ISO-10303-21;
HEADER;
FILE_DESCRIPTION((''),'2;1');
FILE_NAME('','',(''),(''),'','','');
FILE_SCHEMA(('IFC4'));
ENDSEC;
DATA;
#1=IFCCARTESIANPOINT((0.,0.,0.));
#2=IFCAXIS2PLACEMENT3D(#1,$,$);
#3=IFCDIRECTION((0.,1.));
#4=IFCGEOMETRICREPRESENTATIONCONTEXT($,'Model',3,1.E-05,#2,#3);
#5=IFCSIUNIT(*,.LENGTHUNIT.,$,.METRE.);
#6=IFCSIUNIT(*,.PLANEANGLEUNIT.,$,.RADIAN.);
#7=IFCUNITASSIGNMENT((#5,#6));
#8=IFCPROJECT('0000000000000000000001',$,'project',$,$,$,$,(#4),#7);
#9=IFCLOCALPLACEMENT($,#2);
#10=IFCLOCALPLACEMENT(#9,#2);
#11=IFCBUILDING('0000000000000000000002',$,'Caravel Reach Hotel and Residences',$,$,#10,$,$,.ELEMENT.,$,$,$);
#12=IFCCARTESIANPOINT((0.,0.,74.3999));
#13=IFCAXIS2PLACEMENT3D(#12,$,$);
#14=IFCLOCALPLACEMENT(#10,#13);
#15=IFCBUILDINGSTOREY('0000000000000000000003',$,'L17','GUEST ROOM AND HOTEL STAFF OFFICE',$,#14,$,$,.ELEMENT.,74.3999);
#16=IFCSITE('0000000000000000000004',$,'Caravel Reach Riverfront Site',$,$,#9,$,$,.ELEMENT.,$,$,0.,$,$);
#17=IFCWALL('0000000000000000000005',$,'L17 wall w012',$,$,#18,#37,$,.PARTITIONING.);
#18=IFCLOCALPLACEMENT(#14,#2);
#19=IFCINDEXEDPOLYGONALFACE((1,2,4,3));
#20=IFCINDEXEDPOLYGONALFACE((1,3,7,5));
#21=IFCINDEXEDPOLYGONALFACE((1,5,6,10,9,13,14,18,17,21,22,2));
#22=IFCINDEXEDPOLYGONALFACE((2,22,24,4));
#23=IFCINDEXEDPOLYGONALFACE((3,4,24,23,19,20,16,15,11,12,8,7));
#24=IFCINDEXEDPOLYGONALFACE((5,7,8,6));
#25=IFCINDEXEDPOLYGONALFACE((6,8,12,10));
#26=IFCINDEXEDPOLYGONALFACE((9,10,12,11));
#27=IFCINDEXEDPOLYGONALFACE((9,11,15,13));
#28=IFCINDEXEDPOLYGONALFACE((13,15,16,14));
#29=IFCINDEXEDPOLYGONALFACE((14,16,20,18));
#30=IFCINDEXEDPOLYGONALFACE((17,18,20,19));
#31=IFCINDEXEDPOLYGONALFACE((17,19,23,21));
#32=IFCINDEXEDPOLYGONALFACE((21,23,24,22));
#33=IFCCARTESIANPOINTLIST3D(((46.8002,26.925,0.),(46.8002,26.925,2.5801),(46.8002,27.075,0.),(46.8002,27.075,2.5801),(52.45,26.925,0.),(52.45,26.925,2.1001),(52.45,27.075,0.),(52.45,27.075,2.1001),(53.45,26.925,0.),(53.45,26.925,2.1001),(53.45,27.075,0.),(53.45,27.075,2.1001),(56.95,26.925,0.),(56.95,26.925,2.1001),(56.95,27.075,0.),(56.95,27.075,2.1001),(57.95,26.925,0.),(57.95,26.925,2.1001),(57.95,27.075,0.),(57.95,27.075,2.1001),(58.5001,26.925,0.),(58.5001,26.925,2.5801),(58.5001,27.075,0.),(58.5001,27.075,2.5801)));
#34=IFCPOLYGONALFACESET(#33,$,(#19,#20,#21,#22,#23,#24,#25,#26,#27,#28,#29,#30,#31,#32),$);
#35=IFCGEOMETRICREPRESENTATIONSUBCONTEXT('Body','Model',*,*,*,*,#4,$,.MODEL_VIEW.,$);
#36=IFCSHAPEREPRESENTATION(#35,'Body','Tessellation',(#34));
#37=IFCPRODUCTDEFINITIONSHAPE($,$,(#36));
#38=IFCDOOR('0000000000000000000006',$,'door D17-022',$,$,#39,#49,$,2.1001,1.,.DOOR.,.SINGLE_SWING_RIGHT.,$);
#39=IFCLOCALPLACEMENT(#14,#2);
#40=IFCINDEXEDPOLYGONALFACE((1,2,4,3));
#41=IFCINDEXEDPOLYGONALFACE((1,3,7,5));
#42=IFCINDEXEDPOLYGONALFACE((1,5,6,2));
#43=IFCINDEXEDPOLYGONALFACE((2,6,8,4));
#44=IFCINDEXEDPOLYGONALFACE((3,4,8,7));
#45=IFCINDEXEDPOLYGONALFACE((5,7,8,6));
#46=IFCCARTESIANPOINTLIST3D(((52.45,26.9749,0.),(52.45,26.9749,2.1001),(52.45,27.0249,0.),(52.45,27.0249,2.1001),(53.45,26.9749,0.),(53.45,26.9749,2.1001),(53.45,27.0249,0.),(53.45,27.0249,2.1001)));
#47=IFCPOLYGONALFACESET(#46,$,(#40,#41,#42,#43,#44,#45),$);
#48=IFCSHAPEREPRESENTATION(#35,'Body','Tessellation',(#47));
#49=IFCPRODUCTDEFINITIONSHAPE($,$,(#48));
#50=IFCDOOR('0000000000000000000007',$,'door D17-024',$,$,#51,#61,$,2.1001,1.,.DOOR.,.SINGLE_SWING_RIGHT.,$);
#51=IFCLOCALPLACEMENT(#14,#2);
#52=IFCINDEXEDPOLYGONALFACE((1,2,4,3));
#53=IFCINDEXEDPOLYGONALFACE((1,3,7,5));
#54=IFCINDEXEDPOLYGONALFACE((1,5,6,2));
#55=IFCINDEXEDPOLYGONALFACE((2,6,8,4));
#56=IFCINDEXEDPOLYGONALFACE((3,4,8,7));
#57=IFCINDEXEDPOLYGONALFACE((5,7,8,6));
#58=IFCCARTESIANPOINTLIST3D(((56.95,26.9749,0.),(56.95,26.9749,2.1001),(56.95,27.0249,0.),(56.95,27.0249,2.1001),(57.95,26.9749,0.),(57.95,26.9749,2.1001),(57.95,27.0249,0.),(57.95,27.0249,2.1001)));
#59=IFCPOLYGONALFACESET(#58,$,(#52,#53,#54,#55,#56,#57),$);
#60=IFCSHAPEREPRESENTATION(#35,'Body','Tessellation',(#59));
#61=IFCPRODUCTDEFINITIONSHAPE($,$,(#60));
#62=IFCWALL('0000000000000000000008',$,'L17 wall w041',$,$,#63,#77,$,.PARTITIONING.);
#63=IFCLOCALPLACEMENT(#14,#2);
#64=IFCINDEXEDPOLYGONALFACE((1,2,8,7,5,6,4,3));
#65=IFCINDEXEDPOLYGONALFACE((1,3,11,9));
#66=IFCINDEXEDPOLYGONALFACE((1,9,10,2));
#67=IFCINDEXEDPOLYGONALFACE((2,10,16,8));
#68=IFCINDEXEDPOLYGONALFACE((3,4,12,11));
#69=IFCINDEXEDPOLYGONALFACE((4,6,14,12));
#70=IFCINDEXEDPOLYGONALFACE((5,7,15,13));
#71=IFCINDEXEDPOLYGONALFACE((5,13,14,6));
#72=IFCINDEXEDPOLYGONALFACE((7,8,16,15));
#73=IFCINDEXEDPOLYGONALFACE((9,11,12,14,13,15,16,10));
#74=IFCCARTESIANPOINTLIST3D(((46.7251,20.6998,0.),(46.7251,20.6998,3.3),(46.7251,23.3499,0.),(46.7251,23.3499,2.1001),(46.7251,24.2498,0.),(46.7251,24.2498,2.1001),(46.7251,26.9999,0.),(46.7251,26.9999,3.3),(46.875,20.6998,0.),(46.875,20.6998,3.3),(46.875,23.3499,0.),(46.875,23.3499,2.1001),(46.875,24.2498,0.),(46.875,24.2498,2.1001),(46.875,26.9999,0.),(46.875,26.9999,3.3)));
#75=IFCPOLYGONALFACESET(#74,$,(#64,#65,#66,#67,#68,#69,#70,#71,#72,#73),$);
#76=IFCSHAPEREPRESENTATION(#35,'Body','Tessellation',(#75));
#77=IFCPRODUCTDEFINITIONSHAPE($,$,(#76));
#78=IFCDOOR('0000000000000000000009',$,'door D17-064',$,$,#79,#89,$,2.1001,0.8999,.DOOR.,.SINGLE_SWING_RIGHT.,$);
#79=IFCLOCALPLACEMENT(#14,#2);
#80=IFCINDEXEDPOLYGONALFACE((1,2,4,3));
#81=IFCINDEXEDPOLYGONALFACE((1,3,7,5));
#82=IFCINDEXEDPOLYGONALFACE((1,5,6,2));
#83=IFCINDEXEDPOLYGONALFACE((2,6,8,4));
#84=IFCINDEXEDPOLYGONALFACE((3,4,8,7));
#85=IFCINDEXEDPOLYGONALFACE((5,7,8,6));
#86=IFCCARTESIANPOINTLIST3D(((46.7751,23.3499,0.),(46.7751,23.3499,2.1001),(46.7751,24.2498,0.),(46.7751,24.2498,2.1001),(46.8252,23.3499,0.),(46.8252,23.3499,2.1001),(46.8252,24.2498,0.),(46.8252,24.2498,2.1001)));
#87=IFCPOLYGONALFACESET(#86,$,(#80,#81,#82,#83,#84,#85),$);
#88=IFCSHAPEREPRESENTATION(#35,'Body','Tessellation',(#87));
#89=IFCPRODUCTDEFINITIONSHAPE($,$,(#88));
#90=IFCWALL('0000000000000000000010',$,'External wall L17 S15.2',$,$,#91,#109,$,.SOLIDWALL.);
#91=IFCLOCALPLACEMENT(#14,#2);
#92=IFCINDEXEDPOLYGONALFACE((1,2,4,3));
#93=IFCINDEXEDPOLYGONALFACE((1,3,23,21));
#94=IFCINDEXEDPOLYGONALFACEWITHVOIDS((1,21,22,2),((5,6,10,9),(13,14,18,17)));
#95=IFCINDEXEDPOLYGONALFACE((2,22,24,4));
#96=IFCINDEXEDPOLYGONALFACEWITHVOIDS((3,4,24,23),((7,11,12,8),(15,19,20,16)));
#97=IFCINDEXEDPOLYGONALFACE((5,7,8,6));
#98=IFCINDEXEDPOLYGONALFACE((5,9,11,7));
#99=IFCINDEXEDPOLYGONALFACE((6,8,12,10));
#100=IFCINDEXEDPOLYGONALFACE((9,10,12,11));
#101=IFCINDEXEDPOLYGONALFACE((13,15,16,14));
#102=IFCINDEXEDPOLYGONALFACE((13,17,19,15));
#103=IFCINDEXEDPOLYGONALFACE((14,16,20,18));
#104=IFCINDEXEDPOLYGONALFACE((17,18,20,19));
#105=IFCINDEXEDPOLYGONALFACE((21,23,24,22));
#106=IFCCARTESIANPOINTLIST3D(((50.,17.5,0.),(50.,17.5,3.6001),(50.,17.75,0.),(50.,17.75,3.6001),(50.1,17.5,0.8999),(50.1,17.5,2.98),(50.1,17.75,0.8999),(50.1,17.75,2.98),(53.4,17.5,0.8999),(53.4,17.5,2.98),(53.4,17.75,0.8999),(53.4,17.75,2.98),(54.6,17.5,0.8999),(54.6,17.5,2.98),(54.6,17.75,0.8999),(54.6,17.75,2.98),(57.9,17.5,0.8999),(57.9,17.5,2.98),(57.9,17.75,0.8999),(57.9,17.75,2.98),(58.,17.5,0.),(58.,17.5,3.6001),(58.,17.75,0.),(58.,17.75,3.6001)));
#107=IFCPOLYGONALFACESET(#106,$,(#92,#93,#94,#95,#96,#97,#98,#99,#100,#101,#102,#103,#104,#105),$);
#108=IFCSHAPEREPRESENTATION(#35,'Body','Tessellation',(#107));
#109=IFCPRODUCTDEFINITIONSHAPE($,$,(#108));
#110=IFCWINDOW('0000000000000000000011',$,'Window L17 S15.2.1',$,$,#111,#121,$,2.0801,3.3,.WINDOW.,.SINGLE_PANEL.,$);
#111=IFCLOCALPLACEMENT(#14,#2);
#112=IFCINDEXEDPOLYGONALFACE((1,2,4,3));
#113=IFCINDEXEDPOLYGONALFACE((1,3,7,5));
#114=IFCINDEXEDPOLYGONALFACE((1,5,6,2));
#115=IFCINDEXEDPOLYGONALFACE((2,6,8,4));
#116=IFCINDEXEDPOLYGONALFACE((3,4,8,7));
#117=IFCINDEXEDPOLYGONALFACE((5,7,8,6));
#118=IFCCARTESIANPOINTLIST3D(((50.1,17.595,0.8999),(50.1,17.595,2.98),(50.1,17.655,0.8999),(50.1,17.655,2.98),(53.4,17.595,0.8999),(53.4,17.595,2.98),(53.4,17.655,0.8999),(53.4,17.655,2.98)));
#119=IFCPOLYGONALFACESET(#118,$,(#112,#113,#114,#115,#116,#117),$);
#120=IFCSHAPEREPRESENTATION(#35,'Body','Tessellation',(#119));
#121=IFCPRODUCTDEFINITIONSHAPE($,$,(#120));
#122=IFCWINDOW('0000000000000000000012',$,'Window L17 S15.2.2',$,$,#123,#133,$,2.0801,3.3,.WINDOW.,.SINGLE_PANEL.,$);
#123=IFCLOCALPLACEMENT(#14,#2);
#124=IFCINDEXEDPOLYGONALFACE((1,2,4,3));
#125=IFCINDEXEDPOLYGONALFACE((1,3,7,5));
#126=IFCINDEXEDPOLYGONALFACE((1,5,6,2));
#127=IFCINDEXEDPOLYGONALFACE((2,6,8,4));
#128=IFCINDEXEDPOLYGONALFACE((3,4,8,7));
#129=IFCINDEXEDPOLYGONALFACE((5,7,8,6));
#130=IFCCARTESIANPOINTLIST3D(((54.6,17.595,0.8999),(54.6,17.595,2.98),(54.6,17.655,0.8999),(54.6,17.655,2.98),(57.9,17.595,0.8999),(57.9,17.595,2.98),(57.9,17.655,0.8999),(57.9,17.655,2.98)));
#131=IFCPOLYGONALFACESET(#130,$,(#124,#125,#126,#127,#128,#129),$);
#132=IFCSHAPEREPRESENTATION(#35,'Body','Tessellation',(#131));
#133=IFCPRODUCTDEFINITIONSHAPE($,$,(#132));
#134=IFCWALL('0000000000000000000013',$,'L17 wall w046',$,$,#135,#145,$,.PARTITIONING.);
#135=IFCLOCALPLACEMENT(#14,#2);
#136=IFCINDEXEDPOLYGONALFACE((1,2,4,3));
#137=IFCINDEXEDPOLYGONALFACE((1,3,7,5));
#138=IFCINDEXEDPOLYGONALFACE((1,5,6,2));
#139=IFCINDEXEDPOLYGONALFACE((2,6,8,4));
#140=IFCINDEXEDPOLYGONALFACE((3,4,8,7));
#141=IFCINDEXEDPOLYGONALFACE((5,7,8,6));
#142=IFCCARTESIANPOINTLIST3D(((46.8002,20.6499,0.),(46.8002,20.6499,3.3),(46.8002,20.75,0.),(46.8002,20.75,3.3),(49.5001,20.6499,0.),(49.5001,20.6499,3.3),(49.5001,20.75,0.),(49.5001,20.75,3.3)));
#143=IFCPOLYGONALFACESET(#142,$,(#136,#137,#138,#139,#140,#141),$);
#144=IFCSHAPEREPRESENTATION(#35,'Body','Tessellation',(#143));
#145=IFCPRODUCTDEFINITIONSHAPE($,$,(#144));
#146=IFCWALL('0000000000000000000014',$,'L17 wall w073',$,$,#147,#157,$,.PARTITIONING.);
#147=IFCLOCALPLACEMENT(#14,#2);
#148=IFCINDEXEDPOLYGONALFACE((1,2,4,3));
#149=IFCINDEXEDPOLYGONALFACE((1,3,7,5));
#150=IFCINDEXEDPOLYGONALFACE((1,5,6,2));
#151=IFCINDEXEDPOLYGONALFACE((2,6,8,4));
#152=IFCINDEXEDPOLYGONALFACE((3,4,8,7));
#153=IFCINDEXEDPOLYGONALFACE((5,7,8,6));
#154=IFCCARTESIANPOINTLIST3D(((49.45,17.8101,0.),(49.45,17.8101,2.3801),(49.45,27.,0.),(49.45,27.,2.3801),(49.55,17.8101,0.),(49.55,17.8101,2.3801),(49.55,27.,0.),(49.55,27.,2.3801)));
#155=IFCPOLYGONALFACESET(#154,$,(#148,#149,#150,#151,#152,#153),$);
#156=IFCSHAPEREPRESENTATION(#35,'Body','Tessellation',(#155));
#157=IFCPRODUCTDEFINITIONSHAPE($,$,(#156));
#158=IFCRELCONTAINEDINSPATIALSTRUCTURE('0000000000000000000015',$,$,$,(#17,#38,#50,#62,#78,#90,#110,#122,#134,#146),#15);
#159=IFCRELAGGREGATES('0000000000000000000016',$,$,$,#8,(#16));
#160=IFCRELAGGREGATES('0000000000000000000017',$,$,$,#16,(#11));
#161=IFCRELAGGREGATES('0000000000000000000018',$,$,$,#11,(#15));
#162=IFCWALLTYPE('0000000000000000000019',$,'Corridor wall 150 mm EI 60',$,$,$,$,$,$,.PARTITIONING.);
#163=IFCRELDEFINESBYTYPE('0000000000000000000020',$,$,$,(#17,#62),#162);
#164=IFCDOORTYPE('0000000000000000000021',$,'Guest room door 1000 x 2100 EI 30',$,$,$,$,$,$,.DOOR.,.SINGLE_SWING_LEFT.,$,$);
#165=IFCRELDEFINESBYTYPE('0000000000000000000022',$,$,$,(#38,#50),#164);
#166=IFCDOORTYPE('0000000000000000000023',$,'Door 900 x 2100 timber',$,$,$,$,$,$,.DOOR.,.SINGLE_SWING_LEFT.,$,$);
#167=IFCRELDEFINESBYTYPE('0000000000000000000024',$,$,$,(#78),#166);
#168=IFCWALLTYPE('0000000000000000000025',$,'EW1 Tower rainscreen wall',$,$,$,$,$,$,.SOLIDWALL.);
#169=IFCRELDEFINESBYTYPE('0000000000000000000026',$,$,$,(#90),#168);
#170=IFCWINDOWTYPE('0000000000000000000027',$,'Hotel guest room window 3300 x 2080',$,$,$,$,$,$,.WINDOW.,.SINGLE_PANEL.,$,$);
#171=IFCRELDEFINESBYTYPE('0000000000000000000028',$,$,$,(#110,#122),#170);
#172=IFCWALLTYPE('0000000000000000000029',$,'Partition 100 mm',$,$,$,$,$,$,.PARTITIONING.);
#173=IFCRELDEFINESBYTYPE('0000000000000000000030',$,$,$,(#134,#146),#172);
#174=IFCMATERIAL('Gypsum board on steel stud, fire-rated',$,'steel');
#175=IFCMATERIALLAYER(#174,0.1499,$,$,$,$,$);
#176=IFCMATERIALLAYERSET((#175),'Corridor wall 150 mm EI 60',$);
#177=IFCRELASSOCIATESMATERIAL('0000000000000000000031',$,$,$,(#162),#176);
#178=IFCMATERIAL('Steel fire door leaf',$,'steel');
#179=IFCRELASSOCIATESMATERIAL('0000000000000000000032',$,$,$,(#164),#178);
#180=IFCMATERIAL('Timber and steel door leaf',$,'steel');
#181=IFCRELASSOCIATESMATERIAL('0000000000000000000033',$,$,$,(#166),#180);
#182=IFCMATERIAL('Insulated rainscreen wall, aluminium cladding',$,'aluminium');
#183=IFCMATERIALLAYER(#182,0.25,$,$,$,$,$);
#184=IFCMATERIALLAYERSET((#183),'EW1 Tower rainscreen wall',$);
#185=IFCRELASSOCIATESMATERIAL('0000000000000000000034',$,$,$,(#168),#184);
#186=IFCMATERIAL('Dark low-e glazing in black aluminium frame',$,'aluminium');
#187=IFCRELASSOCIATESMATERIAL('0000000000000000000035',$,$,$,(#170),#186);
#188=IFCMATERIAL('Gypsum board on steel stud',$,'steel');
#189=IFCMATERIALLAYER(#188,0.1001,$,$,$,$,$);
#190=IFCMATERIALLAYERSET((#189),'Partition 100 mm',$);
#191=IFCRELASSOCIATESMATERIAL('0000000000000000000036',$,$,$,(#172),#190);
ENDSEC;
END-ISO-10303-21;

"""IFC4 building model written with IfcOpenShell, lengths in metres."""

from ifc_helpers import new_model, si_unit, direction, frame, frame_2d, origin, place, context, subcontext, project, spatial, rectangle, extrude, material, layer, layer_set, type_object, element, fill, save


model = new_model("IFC4")

# Units and contexts
model_context = context("Model", 3, precision=1e-05, world=origin(), true_north=direction((0.0, 1.0)))
body_context = subcontext(model_context, "Body", "Model", "MODEL_VIEW")
ifc_project = project(units=[si_unit("LENGTHUNIT", "METRE"), si_unit("PLANEANGLEUNIT", "RADIAN")], contexts=[model_context])

# Site, building, storey
site_placement = place(None, origin())
site = spatial("IfcSite", under=ifc_project, at=site_placement, Name="Caravel Reach Riverfront Site", CompositionType="ELEMENT", RefElevation=0.0)
building_placement = place(site_placement, origin())
building = spatial("IfcBuilding", under=site, at=building_placement, Name="Caravel Reach Hotel and Residences", CompositionType="ELEMENT")
storey_placement = place(building_placement, frame((0.0, 0.0, 74.3999)))
storey = spatial("IfcBuildingStorey", under=building, at=storey_placement, Name="L17", Description="GUEST ROOM AND HOTEL STAFF OFFICE", CompositionType="ELEMENT", Elevation=74.3999)

# Wall, openings, doors
ifc_material_1 = material(Name="Gypsum board on steel stud, fire-rated", Category="steel")
ifc_layer_1 = layer(ifc_material_1, 0.1499)
ifc_layer_set_1 = layer_set([ifc_layer_1], Name="Corridor wall 150 mm EI 60")
wall_type_1 = type_object("IfcWallType", Name="Corridor wall 150 mm EI 60", PredefinedType="PARTITIONING", material=ifc_layer_set_1)
wall_1_placement = place(storey_placement, frame((46.8, 27.0, 0.0), z_axis=(0.0, 0.0, 1.0), x_axis=(1.0, 0.0, 0.0)))
wall_1 = element("IfcWall", 1, at=wall_1_placement, inside=storey, type_object=wall_type_1, Name="L17 wall w012", PredefinedType="PARTITIONING", context=body_context, shape_type="SweptSolid", body=[
    extrude(rectangle(XDim=11.7, YDim=0.1499, at=frame_2d((5.8501, 0.0))), origin(), (0.0, 0.0, 1.0), 2.5801),
])
opening_1_placement = place(wall_1_placement, frame((5.6499, 0.0, 0.0)))
opening_1 = element("IfcOpeningElement", 2, at=opening_1_placement, cuts=wall_1, PredefinedType="OPENING", context=body_context, shape_type="SweptSolid", body=[
    extrude(rectangle(XDim=1.0, YDim=2.1001, at=frame_2d((0.5, 1.05))), frame((0.0, 0.085, 0.0), z_axis=(0.0, -1.0, 0.0), x_axis=(1.0, 0.0, 0.0)), (0.0, 0.0, 1.0), 0.1699),
])
opening_2_placement = place(wall_1_placement, frame((10.1499, 0.0, 0.0)))
opening_2 = element("IfcOpeningElement", 3, at=opening_2_placement, cuts=wall_1, PredefinedType="OPENING", context=body_context, shape_type="SweptSolid", body=[
    extrude(rectangle(XDim=1.0, YDim=2.1001, at=frame_2d((0.5, 1.05))), frame((0.0, 0.085, 0.0), z_axis=(0.0, -1.0, 0.0), x_axis=(1.0, 0.0, 0.0)), (0.0, 0.0, 1.0), 0.1699),
])
ifc_material_2 = material(Name="Steel fire door leaf", Category="steel")
door_type_1 = type_object("IfcDoorType", Name="Guest room door 1000 x 2100 EI 30", OperationType="SINGLE_SWING_LEFT", PredefinedType="DOOR", material=ifc_material_2)
door_1_placement = place(opening_1_placement, origin())
door_1 = element("IfcDoor", 4, at=door_1_placement, inside=storey, type_object=door_type_1, Name="door D17-022", OperationType="SINGLE_SWING_RIGHT", OverallHeight=2.1001, OverallWidth=1.0, PredefinedType="DOOR", context=body_context, shape_type="SweptSolid", body=[
    extrude(rectangle(XDim=1.0, YDim=2.1001, at=frame_2d((0.5, 1.05))), frame((0.0, 0.0249, 0.0), z_axis=(0.0, -1.0, 0.0), x_axis=(1.0, 0.0, 0.0)), (0.0, 0.0, 1.0), 0.05),
])
fill(opening_1, door_1)
door_2_placement = place(opening_2_placement, origin())
door_2 = element("IfcDoor", 5, at=door_2_placement, inside=storey, type_object=door_type_1, Name="door D17-024", OperationType="SINGLE_SWING_RIGHT", OverallHeight=2.1001, OverallWidth=1.0, PredefinedType="DOOR", context=body_context, shape_type="SweptSolid", body=[
    extrude(rectangle(XDim=1.0, YDim=2.1001, at=frame_2d((0.5, 1.05))), frame((0.0, 0.0249, 0.0), z_axis=(0.0, -1.0, 0.0), x_axis=(1.0, 0.0, 0.0)), (0.0, 0.0, 1.0), 0.05),
])
fill(opening_2, door_2)

# Wall, opening, door
wall_2_placement = place(storey_placement, frame((46.8, 20.7, 0.0), z_axis=(0.0, 0.0, 1.0), x_axis=(0.0, 1.0, 0.0)))
wall_2 = element("IfcWall", 6, at=wall_2_placement, inside=storey, type_object=wall_type_1, Name="L17 wall w041", PredefinedType="PARTITIONING", context=body_context, shape_type="SweptSolid", body=[
    extrude(rectangle(XDim=6.3, YDim=0.1499, at=frame_2d((3.1499, 0.0))), origin(), (0.0, 0.0, 1.0), 3.3),
])
opening_3_placement = place(wall_2_placement, frame((2.6499, 0.0, 0.0)))
opening_3 = element("IfcOpeningElement", 7, at=opening_3_placement, cuts=wall_2, PredefinedType="OPENING", context=body_context, shape_type="SweptSolid", body=[
    extrude(rectangle(XDim=0.8999, YDim=2.1001, at=frame_2d((0.45, 1.05))), frame((0.0, 0.085, 0.0), z_axis=(0.0, -1.0, 0.0), x_axis=(1.0, 0.0, 0.0)), (0.0, 0.0, 1.0), 0.1699),
])
ifc_material_3 = material(Name="Timber and steel door leaf", Category="steel")
door_type_2 = type_object("IfcDoorType", Name="Door 900 x 2100 timber", OperationType="SINGLE_SWING_LEFT", PredefinedType="DOOR", material=ifc_material_3)
door_3_placement = place(opening_3_placement, origin())
door_3 = element("IfcDoor", 8, at=door_3_placement, inside=storey, type_object=door_type_2, Name="door D17-064", OperationType="SINGLE_SWING_RIGHT", OverallHeight=2.1001, OverallWidth=0.8999, PredefinedType="DOOR", context=body_context, shape_type="SweptSolid", body=[
    extrude(rectangle(XDim=0.8999, YDim=2.1001, at=frame_2d((0.45, 1.05))), frame((0.0, 0.0249, 0.0), z_axis=(0.0, -1.0, 0.0), x_axis=(1.0, 0.0, 0.0)), (0.0, 0.0, 1.0), 0.05),
])
fill(opening_3, door_3)

# Wall, openings, windows
ifc_material_4 = material(Name="Insulated rainscreen wall, aluminium cladding", Category="aluminium")
ifc_layer_2 = layer(ifc_material_4, 0.25)
ifc_layer_set_2 = layer_set([ifc_layer_2], Name="EW1 Tower rainscreen wall")
wall_type_2 = type_object("IfcWallType", Name="EW1 Tower rainscreen wall", PredefinedType="SOLIDWALL", material=ifc_layer_set_2)
wall_3_placement = place(storey_placement, frame((50.0, 17.625, 0.0), z_axis=(0.0, 0.0, 1.0), x_axis=(1.0, 0.0, 0.0)))
wall_3 = element("IfcWall", 9, at=wall_3_placement, inside=storey, type_object=wall_type_2, Name="External wall L17 S15.2", PredefinedType="SOLIDWALL", context=body_context, shape_type="SweptSolid", body=[
    extrude(rectangle(XDim=8.0, YDim=0.25, at=frame_2d((4.0, 0.0))), origin(), (0.0, 0.0, 1.0), 3.6001),
])
opening_4_placement = place(wall_3_placement, frame((0.1001, 0.0, 0.8999)))
opening_4 = element("IfcOpeningElement", 10, at=opening_4_placement, cuts=wall_3, PredefinedType="OPENING", context=body_context, shape_type="SweptSolid", body=[
    extrude(rectangle(XDim=3.3, YDim=2.0801, at=frame_2d((1.6499, 1.04))), frame((0.0, 0.135, 0.0), z_axis=(0.0, -1.0, 0.0), x_axis=(1.0, 0.0, 0.0)), (0.0, 0.0, 1.0), 0.27),
])
opening_5_placement = place(wall_3_placement, frame((4.6001, 0.0, 0.8999)))
opening_5 = element("IfcOpeningElement", 11, at=opening_5_placement, cuts=wall_3, PredefinedType="OPENING", context=body_context, shape_type="SweptSolid", body=[
    extrude(rectangle(XDim=3.3, YDim=2.0801, at=frame_2d((1.6499, 1.04))), frame((0.0, 0.135, 0.0), z_axis=(0.0, -1.0, 0.0), x_axis=(1.0, 0.0, 0.0)), (0.0, 0.0, 1.0), 0.27),
])
ifc_material_5 = material(Name="Dark low-e glazing in black aluminium frame", Category="aluminium")
window_type = type_object("IfcWindowType", Name="Hotel guest room window 3300 x 2080", PartitioningType="SINGLE_PANEL", PredefinedType="WINDOW", material=ifc_material_5)
window_1_placement = place(opening_4_placement, origin())
window_1 = element("IfcWindow", 12, at=window_1_placement, inside=storey, type_object=window_type, Name="Window L17 S15.2.1", OverallHeight=2.0801, OverallWidth=3.3, PartitioningType="SINGLE_PANEL", PredefinedType="WINDOW", context=body_context, shape_type="SweptSolid", body=[
    extrude(rectangle(XDim=3.3, YDim=2.0801, at=frame_2d((1.6499, 1.04))), frame((0.0, 0.03, 0.0), z_axis=(0.0, -1.0, 0.0), x_axis=(1.0, 0.0, 0.0)), (0.0, 0.0, 1.0), 0.0601),
])
fill(opening_4, window_1)
window_2_placement = place(opening_5_placement, origin())
window_2 = element("IfcWindow", 13, at=window_2_placement, inside=storey, type_object=window_type, Name="Window L17 S15.2.2", OverallHeight=2.0801, OverallWidth=3.3, PartitioningType="SINGLE_PANEL", PredefinedType="WINDOW", context=body_context, shape_type="SweptSolid", body=[
    extrude(rectangle(XDim=3.3, YDim=2.0801, at=frame_2d((1.6499, 1.04))), frame((0.0, 0.03, 0.0), z_axis=(0.0, -1.0, 0.0), x_axis=(1.0, 0.0, 0.0)), (0.0, 0.0, 1.0), 0.0601),
])
fill(opening_5, window_2)

# Walls
ifc_material_6 = material(Name="Gypsum board on steel stud", Category="steel")
ifc_layer_3 = layer(ifc_material_6, 0.1001)
ifc_layer_set_3 = layer_set([ifc_layer_3], Name="Partition 100 mm")
wall_type_3 = type_object("IfcWallType", Name="Partition 100 mm", PredefinedType="PARTITIONING", material=ifc_layer_set_3)
wall_4_placement = place(storey_placement, frame((46.8, 20.7, 0.0), z_axis=(0.0, 0.0, 1.0), x_axis=(1.0, 0.0, 0.0)))
element("IfcWall", 14, at=wall_4_placement, inside=storey, type_object=wall_type_3, Name="L17 wall w046", PredefinedType="PARTITIONING", context=body_context, shape_type="SweptSolid", body=[
    extrude(rectangle(XDim=2.7, YDim=0.1001, at=frame_2d((1.3501, 0.0))), origin(), (0.0, 0.0, 1.0), 3.3),
])
wall_5_placement = place(storey_placement, frame((49.5, 17.8101, 0.0), z_axis=(0.0, 0.0, 1.0), x_axis=(0.0, 1.0, 0.0)))
element("IfcWall", 15, at=wall_5_placement, inside=storey, type_object=wall_type_3, Name="L17 wall w073", PredefinedType="PARTITIONING", context=body_context, shape_type="SweptSolid", body=[
    extrude(rectangle(XDim=9.1899, YDim=0.1001, at=frame_2d((4.595, 0.0))), origin(), (0.0, 0.0, 1.0), 2.3801),
])

save(model, "model.ifc")
